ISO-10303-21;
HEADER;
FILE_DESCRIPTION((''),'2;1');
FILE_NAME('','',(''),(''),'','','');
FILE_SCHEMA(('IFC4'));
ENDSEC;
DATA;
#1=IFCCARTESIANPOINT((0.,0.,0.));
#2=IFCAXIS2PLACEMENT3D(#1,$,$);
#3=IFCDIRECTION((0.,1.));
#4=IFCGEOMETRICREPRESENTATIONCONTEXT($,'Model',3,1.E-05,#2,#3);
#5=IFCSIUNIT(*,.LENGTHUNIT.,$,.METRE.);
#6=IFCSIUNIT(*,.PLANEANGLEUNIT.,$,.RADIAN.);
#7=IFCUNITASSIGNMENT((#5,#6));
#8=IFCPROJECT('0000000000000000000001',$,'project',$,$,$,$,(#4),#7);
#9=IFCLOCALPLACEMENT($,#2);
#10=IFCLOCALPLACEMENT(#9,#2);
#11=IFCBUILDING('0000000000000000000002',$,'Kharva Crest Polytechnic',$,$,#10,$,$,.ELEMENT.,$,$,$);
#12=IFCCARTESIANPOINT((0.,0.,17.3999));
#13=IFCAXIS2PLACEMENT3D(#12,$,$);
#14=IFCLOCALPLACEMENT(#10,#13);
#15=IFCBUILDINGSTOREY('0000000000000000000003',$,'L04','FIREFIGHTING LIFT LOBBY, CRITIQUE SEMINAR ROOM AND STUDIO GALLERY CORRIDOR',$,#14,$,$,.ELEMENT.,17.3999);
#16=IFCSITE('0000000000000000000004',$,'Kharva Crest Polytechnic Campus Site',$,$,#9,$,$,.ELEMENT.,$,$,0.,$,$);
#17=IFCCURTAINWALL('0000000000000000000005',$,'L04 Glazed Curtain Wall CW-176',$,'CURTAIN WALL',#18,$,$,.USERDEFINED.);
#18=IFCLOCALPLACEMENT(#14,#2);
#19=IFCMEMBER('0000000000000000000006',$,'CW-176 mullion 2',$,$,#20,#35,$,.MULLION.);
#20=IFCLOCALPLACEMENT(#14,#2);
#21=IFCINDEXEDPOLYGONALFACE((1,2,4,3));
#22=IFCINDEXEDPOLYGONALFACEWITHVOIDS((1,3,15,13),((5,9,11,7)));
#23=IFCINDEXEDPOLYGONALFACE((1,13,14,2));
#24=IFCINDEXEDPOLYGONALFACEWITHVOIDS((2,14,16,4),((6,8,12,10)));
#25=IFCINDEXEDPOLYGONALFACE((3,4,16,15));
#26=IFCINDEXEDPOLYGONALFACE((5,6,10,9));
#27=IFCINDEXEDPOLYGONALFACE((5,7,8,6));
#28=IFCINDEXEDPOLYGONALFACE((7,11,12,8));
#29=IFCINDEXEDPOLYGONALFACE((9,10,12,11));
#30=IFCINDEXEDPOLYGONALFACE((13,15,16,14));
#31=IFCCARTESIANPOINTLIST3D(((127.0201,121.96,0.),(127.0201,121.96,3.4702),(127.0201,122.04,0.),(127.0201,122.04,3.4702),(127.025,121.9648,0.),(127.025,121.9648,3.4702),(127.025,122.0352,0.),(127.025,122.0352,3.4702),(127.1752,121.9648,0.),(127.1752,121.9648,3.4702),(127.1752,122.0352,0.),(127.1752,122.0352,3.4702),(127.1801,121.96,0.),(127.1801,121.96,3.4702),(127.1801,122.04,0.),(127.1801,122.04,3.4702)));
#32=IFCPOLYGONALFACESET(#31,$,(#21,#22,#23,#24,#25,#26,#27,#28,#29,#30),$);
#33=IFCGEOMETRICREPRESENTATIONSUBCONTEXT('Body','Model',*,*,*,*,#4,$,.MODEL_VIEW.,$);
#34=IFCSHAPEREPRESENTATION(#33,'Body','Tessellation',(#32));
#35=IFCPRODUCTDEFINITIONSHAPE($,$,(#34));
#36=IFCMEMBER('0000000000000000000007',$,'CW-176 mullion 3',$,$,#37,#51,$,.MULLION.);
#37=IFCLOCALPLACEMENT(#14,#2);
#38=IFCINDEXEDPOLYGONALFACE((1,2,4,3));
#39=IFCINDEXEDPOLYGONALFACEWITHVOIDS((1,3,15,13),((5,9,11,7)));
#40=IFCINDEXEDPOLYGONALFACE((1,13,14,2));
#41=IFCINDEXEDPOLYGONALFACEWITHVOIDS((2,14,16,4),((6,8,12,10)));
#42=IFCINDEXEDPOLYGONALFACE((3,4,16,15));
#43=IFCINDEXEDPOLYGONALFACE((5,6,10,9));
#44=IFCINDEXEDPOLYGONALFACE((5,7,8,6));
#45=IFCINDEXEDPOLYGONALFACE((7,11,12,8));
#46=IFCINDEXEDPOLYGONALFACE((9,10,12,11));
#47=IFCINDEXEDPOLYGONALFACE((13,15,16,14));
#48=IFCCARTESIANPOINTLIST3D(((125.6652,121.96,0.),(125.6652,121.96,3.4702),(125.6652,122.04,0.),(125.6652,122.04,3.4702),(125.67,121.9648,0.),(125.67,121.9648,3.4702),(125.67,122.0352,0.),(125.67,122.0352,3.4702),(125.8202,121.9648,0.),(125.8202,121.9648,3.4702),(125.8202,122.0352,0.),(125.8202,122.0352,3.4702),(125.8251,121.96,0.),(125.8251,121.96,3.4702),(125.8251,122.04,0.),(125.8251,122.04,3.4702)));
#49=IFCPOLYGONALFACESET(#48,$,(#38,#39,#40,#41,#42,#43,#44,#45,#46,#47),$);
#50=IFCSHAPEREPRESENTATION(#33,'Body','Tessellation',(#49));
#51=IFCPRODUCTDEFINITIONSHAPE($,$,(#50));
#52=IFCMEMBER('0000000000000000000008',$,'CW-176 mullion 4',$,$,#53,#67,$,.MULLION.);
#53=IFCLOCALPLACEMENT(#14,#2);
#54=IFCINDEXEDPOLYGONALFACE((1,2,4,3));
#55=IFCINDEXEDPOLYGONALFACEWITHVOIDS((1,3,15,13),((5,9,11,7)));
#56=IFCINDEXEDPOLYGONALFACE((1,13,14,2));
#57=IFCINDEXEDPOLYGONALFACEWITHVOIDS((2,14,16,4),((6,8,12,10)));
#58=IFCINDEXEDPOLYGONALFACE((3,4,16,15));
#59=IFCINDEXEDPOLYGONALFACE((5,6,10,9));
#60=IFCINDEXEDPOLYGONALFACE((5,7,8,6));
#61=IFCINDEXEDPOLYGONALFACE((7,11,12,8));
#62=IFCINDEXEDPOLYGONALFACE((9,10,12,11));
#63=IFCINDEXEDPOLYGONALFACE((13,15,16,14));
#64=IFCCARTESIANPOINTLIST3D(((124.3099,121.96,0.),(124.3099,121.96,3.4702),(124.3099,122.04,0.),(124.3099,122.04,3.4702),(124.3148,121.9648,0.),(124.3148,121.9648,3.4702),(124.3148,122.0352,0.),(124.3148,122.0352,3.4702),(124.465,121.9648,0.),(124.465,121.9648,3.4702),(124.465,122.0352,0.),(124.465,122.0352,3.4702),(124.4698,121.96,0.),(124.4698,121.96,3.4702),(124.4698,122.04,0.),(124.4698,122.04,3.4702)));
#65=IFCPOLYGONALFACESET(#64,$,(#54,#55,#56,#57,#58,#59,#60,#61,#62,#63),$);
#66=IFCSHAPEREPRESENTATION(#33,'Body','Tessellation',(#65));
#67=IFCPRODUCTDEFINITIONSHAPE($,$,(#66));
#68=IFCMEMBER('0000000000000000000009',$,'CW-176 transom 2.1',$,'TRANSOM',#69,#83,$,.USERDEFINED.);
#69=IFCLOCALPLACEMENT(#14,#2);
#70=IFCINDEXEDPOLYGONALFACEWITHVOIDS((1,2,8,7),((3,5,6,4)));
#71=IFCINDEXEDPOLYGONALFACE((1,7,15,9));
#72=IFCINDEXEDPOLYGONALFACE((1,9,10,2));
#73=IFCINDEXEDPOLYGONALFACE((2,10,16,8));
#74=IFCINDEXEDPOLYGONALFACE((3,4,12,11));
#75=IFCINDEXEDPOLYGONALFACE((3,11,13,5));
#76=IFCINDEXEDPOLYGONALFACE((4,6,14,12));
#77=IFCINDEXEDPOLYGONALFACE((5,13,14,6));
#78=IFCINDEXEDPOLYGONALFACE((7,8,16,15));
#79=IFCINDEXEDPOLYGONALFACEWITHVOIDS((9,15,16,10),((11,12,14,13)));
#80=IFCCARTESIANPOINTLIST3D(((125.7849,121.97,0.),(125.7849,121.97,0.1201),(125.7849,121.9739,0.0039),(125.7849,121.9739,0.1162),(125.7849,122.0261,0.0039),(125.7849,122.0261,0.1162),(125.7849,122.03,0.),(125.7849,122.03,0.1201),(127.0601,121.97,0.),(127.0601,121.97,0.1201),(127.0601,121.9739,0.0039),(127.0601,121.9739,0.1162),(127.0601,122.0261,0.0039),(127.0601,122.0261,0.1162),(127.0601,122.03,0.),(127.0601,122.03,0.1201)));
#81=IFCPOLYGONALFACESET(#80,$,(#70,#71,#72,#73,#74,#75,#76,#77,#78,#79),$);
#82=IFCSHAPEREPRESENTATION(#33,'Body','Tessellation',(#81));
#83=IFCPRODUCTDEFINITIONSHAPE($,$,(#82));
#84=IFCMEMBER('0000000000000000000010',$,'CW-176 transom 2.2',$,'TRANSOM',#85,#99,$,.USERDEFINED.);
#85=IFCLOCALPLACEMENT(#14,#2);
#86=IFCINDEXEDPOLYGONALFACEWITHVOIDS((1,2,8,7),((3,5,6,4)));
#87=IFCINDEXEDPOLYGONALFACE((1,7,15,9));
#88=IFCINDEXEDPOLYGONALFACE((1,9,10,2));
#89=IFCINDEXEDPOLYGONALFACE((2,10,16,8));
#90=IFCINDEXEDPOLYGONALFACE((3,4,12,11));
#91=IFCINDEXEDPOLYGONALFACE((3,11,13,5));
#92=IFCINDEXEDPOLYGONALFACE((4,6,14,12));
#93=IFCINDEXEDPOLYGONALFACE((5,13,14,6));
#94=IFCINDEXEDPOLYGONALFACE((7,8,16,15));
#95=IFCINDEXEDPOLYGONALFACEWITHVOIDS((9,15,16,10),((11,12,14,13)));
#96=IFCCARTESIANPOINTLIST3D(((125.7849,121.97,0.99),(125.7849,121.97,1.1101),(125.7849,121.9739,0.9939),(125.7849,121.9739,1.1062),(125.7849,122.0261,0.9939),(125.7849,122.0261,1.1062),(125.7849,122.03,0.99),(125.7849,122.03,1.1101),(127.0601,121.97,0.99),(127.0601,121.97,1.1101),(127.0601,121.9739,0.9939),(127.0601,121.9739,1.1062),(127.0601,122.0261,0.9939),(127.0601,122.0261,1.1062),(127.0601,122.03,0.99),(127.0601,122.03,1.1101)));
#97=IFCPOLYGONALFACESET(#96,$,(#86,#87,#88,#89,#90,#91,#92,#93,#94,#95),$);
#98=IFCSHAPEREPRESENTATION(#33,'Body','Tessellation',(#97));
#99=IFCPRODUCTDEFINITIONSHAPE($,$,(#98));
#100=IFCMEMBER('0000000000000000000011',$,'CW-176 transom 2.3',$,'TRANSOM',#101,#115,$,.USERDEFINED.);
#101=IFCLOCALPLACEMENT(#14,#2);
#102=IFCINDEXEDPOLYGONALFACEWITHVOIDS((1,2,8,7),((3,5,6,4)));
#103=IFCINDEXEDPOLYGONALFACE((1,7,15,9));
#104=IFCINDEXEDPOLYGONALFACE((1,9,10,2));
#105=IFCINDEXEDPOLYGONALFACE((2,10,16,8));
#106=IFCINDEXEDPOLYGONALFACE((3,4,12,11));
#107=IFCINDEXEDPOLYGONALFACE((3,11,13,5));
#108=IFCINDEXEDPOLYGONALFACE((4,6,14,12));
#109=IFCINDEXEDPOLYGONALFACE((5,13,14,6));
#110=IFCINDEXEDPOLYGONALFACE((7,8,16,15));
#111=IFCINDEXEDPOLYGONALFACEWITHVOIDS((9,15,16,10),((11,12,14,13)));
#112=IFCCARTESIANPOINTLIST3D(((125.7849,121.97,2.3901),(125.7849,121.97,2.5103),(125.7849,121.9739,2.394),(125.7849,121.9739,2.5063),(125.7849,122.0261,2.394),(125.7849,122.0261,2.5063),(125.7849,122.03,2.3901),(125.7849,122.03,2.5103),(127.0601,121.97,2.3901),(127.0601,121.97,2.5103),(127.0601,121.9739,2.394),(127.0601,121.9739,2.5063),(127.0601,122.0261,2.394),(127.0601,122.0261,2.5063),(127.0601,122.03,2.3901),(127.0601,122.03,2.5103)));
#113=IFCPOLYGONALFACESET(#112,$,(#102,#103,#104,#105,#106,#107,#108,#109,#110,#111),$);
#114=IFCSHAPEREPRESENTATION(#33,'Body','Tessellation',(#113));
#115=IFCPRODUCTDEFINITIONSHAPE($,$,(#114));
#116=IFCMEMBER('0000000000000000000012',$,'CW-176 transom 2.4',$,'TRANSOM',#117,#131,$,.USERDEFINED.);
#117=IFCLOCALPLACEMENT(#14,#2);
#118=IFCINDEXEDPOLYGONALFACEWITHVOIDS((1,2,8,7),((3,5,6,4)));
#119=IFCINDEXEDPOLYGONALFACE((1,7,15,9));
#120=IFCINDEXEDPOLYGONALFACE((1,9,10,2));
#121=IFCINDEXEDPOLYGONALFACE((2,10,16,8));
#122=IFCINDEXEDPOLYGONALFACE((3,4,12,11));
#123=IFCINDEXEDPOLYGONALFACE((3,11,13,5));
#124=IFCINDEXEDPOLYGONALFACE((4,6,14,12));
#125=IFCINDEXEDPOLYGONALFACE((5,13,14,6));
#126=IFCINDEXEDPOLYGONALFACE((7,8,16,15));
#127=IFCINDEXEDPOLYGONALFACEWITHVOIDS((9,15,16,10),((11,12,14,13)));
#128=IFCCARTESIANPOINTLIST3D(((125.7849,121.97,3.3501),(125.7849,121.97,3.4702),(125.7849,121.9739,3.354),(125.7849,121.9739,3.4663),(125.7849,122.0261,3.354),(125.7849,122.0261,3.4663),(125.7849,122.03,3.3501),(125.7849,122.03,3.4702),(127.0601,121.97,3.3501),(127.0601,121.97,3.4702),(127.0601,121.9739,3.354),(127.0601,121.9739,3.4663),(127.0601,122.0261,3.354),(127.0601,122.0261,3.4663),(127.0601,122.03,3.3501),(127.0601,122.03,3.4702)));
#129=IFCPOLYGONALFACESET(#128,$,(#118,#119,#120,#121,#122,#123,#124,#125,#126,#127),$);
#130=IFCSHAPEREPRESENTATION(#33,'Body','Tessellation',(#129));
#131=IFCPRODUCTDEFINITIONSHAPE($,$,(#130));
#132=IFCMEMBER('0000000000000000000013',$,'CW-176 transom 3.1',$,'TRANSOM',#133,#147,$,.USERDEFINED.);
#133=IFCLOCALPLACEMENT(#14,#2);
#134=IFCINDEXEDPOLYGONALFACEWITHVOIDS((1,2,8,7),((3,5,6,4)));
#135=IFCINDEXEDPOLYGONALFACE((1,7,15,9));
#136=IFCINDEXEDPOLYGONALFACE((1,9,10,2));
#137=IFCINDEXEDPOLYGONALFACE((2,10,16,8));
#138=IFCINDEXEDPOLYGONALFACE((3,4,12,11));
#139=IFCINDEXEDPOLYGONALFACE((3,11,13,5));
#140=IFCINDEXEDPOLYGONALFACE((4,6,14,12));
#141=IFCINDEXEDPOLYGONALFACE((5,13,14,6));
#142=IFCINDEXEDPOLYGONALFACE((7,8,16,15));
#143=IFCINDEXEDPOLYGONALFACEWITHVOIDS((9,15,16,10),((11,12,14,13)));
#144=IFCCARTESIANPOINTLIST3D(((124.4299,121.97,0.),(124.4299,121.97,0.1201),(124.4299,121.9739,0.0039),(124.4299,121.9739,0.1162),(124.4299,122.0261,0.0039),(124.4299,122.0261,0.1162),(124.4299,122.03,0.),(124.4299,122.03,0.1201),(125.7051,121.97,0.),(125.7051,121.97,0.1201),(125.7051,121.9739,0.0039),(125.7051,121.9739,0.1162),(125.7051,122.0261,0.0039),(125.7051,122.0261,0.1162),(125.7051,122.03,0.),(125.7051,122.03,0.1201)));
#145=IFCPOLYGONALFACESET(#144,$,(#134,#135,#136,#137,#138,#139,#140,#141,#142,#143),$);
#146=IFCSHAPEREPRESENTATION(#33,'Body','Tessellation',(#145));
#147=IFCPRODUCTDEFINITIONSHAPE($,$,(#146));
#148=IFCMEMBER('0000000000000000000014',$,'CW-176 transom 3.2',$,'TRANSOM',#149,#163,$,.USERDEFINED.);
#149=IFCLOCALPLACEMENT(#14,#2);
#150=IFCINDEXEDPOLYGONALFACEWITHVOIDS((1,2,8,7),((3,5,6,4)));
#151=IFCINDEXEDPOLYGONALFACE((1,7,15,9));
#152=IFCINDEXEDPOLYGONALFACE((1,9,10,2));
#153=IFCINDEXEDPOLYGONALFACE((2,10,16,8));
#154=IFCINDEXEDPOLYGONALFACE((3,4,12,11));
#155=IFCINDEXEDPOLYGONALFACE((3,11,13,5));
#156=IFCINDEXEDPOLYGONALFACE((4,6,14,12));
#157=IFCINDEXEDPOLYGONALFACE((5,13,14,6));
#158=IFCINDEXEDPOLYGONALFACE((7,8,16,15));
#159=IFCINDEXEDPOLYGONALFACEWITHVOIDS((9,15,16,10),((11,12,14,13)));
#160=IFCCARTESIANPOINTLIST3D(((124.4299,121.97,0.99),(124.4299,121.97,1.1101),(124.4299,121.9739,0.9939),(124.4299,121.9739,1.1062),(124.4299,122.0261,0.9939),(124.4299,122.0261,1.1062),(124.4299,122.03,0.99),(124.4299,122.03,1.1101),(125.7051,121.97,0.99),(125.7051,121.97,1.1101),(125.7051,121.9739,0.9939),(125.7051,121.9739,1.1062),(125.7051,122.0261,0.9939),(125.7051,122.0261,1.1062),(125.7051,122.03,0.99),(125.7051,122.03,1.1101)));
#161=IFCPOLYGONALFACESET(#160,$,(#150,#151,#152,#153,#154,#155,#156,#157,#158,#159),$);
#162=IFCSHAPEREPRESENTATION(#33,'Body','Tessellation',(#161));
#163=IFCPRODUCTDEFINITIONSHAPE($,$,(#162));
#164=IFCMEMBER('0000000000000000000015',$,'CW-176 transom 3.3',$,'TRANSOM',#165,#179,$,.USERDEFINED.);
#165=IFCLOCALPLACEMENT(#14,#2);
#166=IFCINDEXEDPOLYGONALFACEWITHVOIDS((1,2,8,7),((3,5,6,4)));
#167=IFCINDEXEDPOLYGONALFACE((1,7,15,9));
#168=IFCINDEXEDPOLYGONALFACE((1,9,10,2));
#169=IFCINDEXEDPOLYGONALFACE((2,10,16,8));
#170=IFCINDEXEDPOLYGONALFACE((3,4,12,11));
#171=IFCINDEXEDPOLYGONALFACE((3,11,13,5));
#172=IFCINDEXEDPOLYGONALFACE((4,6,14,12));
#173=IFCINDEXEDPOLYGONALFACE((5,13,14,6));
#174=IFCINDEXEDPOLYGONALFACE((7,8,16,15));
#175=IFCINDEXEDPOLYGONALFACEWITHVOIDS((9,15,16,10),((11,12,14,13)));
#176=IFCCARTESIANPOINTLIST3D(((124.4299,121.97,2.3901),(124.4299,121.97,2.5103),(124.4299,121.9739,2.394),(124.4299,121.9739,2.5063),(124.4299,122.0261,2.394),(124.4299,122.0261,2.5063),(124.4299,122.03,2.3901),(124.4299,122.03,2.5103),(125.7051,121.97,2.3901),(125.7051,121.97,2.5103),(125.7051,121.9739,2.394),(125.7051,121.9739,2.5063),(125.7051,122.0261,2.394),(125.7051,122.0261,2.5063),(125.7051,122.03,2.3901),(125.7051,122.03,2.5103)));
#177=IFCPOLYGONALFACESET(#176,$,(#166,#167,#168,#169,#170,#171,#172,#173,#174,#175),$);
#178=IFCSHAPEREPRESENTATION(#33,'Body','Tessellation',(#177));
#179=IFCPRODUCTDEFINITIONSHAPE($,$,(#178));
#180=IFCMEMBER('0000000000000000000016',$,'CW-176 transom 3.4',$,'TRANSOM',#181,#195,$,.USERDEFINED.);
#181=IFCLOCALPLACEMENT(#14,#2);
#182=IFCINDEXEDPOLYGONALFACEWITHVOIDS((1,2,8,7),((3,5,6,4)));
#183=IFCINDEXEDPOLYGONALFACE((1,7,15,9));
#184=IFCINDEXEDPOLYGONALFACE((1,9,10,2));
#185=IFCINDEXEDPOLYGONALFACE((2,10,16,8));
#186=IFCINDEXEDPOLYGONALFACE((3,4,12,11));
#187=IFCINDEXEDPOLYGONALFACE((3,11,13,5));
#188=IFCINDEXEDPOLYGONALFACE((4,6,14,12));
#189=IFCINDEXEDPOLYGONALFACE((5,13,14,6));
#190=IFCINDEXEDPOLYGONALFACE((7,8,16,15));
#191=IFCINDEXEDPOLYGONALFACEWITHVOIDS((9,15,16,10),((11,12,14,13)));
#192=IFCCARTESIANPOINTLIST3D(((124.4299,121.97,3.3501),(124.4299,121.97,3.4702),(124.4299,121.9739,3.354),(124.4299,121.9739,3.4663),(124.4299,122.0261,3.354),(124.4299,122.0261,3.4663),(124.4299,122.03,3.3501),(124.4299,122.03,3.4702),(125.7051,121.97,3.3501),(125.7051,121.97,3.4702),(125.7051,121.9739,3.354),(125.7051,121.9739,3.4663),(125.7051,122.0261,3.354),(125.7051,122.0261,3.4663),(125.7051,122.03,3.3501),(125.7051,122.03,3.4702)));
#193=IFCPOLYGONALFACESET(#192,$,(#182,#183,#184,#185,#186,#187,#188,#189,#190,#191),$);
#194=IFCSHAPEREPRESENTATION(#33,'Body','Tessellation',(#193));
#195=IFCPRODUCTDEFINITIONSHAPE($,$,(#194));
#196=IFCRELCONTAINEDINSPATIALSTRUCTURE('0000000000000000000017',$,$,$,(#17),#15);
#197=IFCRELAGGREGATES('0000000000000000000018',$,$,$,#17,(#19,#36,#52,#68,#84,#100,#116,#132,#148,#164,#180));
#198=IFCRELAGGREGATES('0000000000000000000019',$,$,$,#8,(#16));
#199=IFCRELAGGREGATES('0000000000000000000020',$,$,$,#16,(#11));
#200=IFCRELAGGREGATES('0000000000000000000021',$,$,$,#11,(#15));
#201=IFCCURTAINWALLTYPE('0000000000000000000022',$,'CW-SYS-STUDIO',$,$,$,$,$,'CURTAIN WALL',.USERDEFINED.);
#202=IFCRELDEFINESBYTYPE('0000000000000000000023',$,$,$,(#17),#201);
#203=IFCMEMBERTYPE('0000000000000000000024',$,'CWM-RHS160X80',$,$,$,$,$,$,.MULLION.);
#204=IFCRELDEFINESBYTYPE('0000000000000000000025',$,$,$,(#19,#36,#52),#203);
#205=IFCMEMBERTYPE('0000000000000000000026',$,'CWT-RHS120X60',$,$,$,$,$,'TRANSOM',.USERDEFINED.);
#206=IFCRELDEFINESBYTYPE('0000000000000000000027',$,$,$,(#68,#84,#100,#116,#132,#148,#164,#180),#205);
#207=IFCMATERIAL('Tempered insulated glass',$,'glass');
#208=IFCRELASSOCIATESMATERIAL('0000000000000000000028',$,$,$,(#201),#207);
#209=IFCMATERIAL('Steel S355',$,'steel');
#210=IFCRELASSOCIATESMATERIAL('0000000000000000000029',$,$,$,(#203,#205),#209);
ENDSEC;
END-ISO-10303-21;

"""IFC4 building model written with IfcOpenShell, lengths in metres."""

from ifc_helpers import new_model, si_unit, direction, frame, origin, origin_2d, place, context, subcontext, project, spatial, hollow_rectangle, extrude, material, material_profile, profile_set, type_object, element, aggregate, save


model = new_model("IFC4")

# Units and contexts
model_context = context("Model", 3, precision=1e-05, world=origin(), true_north=direction((0.0, 1.0)))
body_context = subcontext(model_context, "Body", "Model", "MODEL_VIEW")
ifc_project = project(units=[si_unit("LENGTHUNIT", "METRE"), si_unit("PLANEANGLEUNIT", "RADIAN")], contexts=[model_context])

# Site, building, storey
site_placement = place(None, origin())
site = spatial("IfcSite", under=ifc_project, at=site_placement, Name="Kharva Crest Polytechnic Campus Site", CompositionType="ELEMENT", RefElevation=0.0)
building_placement = place(site_placement, origin())
building = spatial("IfcBuilding", under=site, at=building_placement, Name="Kharva Crest Polytechnic", CompositionType="ELEMENT")
storey_placement = place(building_placement, frame((0.0, 0.0, 17.3999)))
storey = spatial("IfcBuildingStorey", under=building, at=storey_placement, Name="L04", Description="FIREFIGHTING LIFT LOBBY, CRITIQUE SEMINAR ROOM AND STUDIO GALLERY CORRIDOR", CompositionType="ELEMENT", Elevation=17.3999)

# Curtain wall, members
ifc_material_1 = material(Name="Tempered insulated glass", Category="glass")
curtain_wall_type = type_object("IfcCurtainWallType", Name="CW-SYS-STUDIO", ElementType="CURTAIN WALL", PredefinedType="USERDEFINED", material=ifc_material_1)
curtain_wall_placement = place(storey_placement, origin())
curtain_wall = element("IfcCurtainWall", 1, at=curtain_wall_placement, inside=storey, type_object=curtain_wall_type, Name="L04 Glazed Curtain Wall CW-176", ObjectType="CURTAIN WALL", PredefinedType="USERDEFINED")
ifc_material_2 = material(Name="Steel S355", Category="steel")
ifc_material_profile_1 = material_profile(ifc_material_2, hollow_rectangle(XDim=0.0801, YDim=0.1599, WallThickness=0.0049, at=origin_2d()), Name="RHS 160X80X5.0")
ifc_profile_set_1 = profile_set([ifc_material_profile_1], Name="Steel S355")
member_type_1 = type_object("IfcMemberType", Name="CWM-RHS160X80", PredefinedType="MULLION", material=ifc_profile_set_1)
member_1_placement = place(storey_placement, frame((127.1001, 122.0, 0.0), z_axis=(0.0, 0.0, 1.0), x_axis=(0.0, -1.0, 0.0)))
member_1 = element("IfcMember", 2, at=member_1_placement, type_object=member_type_1, Name="CW-176 mullion 2", PredefinedType="MULLION", context=body_context, shape_type="SweptSolid", body=[
    extrude(hollow_rectangle(XDim=0.0801, YDim=0.1599, WallThickness=0.0049, at=origin_2d()), origin(), (0.0, 0.0, 1.0), 3.4702),
])
member_2_placement = place(storey_placement, frame((125.7451, 122.0, 0.0), z_axis=(0.0, 0.0, 1.0), x_axis=(0.0, -1.0, 0.0)))
member_2 = element("IfcMember", 3, at=member_2_placement, type_object=member_type_1, Name="CW-176 mullion 3", PredefinedType="MULLION", context=body_context, shape_type="SweptSolid", body=[
    extrude(hollow_rectangle(XDim=0.0801, YDim=0.1599, WallThickness=0.0049, at=origin_2d()), origin(), (0.0, 0.0, 1.0), 3.4702),
])
member_3_placement = place(storey_placement, frame((124.3899, 122.0, 0.0), z_axis=(0.0, 0.0, 1.0), x_axis=(0.0, -1.0, 0.0)))
member_3 = element("IfcMember", 4, at=member_3_placement, type_object=member_type_1, Name="CW-176 mullion 4", PredefinedType="MULLION", context=body_context, shape_type="SweptSolid", body=[
    extrude(hollow_rectangle(XDim=0.0801, YDim=0.1599, WallThickness=0.0049, at=origin_2d()), origin(), (0.0, 0.0, 1.0), 3.4702),
])
ifc_material_profile_2 = material_profile(ifc_material_2, hollow_rectangle(XDim=0.0601, YDim=0.1201, WallThickness=0.0039, at=origin_2d()), Name="RHS 120X60X4.0")
ifc_profile_set_2 = profile_set([ifc_material_profile_2], Name="Steel S355")
member_type_2 = type_object("IfcMemberType", Name="CWT-RHS120X60", ElementType="TRANSOM", PredefinedType="USERDEFINED", material=ifc_profile_set_2)
member_4_placement = place(storey_placement, frame((127.0601, 122.0, 0.0601), z_axis=(-1.0, 0.0, 0.0), x_axis=(0.0, -1.0, 0.0)))
member_4 = element("IfcMember", 5, at=member_4_placement, type_object=member_type_2, Name="CW-176 transom 2.1", ObjectType="TRANSOM", PredefinedType="USERDEFINED", context=body_context, shape_type="SweptSolid", body=[
    extrude(hollow_rectangle(XDim=0.0601, YDim=0.1201, WallThickness=0.0039, at=origin_2d()), origin(), (0.0, 0.0, 1.0), 1.2751),
])
member_5_placement = place(storey_placement, frame((127.0601, 122.0, 1.05), z_axis=(-1.0, 0.0, 0.0), x_axis=(0.0, -1.0, 0.0)))
member_5 = element("IfcMember", 6, at=member_5_placement, type_object=member_type_2, Name="CW-176 transom 2.2", ObjectType="TRANSOM", PredefinedType="USERDEFINED", context=body_context, shape_type="SweptSolid", body=[
    extrude(hollow_rectangle(XDim=0.0601, YDim=0.1201, WallThickness=0.0039, at=origin_2d()), origin(), (0.0, 0.0, 1.0), 1.2751),
])
member_6_placement = place(storey_placement, frame((127.0601, 122.0, 2.4502), z_axis=(-1.0, 0.0, 0.0), x_axis=(0.0, -1.0, 0.0)))
member_6 = element("IfcMember", 7, at=member_6_placement, type_object=member_type_2, Name="CW-176 transom 2.3", ObjectType="TRANSOM", PredefinedType="USERDEFINED", context=body_context, shape_type="SweptSolid", body=[
    extrude(hollow_rectangle(XDim=0.0601, YDim=0.1201, WallThickness=0.0039, at=origin_2d()), origin(), (0.0, 0.0, 1.0), 1.2751),
])
member_7_placement = place(storey_placement, frame((127.0601, 122.0, 3.4102), z_axis=(-1.0, 0.0, 0.0), x_axis=(0.0, -1.0, 0.0)))
member_7 = element("IfcMember", 8, at=member_7_placement, type_object=member_type_2, Name="CW-176 transom 2.4", ObjectType="TRANSOM", PredefinedType="USERDEFINED", context=body_context, shape_type="SweptSolid", body=[
    extrude(hollow_rectangle(XDim=0.0601, YDim=0.1201, WallThickness=0.0039, at=origin_2d()), origin(), (0.0, 0.0, 1.0), 1.2751),
])
member_8_placement = place(storey_placement, frame((125.7051, 122.0, 0.0601), z_axis=(-1.0, 0.0, 0.0), x_axis=(0.0, -1.0, 0.0)))
member_8 = element("IfcMember", 9, at=member_8_placement, type_object=member_type_2, Name="CW-176 transom 3.1", ObjectType="TRANSOM", PredefinedType="USERDEFINED", context=body_context, shape_type="SweptSolid", body=[
    extrude(hollow_rectangle(XDim=0.0601, YDim=0.1201, WallThickness=0.0039, at=origin_2d()), origin(), (0.0, 0.0, 1.0), 1.2751),
])
member_9_placement = place(storey_placement, frame((125.7051, 122.0, 1.05), z_axis=(-1.0, 0.0, 0.0), x_axis=(0.0, -1.0, 0.0)))
member_9 = element("IfcMember", 10, at=member_9_placement, type_object=member_type_2, Name="CW-176 transom 3.2", ObjectType="TRANSOM", PredefinedType="USERDEFINED", context=body_context, shape_type="SweptSolid", body=[
    extrude(hollow_rectangle(XDim=0.0601, YDim=0.1201, WallThickness=0.0039, at=origin_2d()), origin(), (0.0, 0.0, 1.0), 1.2751),
])
member_10_placement = place(storey_placement, frame((125.7051, 122.0, 2.4502), z_axis=(-1.0, 0.0, 0.0), x_axis=(0.0, -1.0, 0.0)))
member_10 = element("IfcMember", 11, at=member_10_placement, type_object=member_type_2, Name="CW-176 transom 3.3", ObjectType="TRANSOM", PredefinedType="USERDEFINED", context=body_context, shape_type="SweptSolid", body=[
    extrude(hollow_rectangle(XDim=0.0601, YDim=0.1201, WallThickness=0.0039, at=origin_2d()), origin(), (0.0, 0.0, 1.0), 1.2751),
])
member_11_placement = place(storey_placement, frame((125.7051, 122.0, 3.4102), z_axis=(-1.0, 0.0, 0.0), x_axis=(0.0, -1.0, 0.0)))
member_11 = element("IfcMember", 12, at=member_11_placement, type_object=member_type_2, Name="CW-176 transom 3.4", ObjectType="TRANSOM", PredefinedType="USERDEFINED", context=body_context, shape_type="SweptSolid", body=[
    extrude(hollow_rectangle(XDim=0.0601, YDim=0.1201, WallThickness=0.0039, at=origin_2d()), origin(), (0.0, 0.0, 1.0), 1.2751),
])
aggregate(curtain_wall, [member_1, member_2, member_3, member_4, member_5, member_6, member_7, member_8, member_9, member_10, member_11])

save(model, "model.ifc")
